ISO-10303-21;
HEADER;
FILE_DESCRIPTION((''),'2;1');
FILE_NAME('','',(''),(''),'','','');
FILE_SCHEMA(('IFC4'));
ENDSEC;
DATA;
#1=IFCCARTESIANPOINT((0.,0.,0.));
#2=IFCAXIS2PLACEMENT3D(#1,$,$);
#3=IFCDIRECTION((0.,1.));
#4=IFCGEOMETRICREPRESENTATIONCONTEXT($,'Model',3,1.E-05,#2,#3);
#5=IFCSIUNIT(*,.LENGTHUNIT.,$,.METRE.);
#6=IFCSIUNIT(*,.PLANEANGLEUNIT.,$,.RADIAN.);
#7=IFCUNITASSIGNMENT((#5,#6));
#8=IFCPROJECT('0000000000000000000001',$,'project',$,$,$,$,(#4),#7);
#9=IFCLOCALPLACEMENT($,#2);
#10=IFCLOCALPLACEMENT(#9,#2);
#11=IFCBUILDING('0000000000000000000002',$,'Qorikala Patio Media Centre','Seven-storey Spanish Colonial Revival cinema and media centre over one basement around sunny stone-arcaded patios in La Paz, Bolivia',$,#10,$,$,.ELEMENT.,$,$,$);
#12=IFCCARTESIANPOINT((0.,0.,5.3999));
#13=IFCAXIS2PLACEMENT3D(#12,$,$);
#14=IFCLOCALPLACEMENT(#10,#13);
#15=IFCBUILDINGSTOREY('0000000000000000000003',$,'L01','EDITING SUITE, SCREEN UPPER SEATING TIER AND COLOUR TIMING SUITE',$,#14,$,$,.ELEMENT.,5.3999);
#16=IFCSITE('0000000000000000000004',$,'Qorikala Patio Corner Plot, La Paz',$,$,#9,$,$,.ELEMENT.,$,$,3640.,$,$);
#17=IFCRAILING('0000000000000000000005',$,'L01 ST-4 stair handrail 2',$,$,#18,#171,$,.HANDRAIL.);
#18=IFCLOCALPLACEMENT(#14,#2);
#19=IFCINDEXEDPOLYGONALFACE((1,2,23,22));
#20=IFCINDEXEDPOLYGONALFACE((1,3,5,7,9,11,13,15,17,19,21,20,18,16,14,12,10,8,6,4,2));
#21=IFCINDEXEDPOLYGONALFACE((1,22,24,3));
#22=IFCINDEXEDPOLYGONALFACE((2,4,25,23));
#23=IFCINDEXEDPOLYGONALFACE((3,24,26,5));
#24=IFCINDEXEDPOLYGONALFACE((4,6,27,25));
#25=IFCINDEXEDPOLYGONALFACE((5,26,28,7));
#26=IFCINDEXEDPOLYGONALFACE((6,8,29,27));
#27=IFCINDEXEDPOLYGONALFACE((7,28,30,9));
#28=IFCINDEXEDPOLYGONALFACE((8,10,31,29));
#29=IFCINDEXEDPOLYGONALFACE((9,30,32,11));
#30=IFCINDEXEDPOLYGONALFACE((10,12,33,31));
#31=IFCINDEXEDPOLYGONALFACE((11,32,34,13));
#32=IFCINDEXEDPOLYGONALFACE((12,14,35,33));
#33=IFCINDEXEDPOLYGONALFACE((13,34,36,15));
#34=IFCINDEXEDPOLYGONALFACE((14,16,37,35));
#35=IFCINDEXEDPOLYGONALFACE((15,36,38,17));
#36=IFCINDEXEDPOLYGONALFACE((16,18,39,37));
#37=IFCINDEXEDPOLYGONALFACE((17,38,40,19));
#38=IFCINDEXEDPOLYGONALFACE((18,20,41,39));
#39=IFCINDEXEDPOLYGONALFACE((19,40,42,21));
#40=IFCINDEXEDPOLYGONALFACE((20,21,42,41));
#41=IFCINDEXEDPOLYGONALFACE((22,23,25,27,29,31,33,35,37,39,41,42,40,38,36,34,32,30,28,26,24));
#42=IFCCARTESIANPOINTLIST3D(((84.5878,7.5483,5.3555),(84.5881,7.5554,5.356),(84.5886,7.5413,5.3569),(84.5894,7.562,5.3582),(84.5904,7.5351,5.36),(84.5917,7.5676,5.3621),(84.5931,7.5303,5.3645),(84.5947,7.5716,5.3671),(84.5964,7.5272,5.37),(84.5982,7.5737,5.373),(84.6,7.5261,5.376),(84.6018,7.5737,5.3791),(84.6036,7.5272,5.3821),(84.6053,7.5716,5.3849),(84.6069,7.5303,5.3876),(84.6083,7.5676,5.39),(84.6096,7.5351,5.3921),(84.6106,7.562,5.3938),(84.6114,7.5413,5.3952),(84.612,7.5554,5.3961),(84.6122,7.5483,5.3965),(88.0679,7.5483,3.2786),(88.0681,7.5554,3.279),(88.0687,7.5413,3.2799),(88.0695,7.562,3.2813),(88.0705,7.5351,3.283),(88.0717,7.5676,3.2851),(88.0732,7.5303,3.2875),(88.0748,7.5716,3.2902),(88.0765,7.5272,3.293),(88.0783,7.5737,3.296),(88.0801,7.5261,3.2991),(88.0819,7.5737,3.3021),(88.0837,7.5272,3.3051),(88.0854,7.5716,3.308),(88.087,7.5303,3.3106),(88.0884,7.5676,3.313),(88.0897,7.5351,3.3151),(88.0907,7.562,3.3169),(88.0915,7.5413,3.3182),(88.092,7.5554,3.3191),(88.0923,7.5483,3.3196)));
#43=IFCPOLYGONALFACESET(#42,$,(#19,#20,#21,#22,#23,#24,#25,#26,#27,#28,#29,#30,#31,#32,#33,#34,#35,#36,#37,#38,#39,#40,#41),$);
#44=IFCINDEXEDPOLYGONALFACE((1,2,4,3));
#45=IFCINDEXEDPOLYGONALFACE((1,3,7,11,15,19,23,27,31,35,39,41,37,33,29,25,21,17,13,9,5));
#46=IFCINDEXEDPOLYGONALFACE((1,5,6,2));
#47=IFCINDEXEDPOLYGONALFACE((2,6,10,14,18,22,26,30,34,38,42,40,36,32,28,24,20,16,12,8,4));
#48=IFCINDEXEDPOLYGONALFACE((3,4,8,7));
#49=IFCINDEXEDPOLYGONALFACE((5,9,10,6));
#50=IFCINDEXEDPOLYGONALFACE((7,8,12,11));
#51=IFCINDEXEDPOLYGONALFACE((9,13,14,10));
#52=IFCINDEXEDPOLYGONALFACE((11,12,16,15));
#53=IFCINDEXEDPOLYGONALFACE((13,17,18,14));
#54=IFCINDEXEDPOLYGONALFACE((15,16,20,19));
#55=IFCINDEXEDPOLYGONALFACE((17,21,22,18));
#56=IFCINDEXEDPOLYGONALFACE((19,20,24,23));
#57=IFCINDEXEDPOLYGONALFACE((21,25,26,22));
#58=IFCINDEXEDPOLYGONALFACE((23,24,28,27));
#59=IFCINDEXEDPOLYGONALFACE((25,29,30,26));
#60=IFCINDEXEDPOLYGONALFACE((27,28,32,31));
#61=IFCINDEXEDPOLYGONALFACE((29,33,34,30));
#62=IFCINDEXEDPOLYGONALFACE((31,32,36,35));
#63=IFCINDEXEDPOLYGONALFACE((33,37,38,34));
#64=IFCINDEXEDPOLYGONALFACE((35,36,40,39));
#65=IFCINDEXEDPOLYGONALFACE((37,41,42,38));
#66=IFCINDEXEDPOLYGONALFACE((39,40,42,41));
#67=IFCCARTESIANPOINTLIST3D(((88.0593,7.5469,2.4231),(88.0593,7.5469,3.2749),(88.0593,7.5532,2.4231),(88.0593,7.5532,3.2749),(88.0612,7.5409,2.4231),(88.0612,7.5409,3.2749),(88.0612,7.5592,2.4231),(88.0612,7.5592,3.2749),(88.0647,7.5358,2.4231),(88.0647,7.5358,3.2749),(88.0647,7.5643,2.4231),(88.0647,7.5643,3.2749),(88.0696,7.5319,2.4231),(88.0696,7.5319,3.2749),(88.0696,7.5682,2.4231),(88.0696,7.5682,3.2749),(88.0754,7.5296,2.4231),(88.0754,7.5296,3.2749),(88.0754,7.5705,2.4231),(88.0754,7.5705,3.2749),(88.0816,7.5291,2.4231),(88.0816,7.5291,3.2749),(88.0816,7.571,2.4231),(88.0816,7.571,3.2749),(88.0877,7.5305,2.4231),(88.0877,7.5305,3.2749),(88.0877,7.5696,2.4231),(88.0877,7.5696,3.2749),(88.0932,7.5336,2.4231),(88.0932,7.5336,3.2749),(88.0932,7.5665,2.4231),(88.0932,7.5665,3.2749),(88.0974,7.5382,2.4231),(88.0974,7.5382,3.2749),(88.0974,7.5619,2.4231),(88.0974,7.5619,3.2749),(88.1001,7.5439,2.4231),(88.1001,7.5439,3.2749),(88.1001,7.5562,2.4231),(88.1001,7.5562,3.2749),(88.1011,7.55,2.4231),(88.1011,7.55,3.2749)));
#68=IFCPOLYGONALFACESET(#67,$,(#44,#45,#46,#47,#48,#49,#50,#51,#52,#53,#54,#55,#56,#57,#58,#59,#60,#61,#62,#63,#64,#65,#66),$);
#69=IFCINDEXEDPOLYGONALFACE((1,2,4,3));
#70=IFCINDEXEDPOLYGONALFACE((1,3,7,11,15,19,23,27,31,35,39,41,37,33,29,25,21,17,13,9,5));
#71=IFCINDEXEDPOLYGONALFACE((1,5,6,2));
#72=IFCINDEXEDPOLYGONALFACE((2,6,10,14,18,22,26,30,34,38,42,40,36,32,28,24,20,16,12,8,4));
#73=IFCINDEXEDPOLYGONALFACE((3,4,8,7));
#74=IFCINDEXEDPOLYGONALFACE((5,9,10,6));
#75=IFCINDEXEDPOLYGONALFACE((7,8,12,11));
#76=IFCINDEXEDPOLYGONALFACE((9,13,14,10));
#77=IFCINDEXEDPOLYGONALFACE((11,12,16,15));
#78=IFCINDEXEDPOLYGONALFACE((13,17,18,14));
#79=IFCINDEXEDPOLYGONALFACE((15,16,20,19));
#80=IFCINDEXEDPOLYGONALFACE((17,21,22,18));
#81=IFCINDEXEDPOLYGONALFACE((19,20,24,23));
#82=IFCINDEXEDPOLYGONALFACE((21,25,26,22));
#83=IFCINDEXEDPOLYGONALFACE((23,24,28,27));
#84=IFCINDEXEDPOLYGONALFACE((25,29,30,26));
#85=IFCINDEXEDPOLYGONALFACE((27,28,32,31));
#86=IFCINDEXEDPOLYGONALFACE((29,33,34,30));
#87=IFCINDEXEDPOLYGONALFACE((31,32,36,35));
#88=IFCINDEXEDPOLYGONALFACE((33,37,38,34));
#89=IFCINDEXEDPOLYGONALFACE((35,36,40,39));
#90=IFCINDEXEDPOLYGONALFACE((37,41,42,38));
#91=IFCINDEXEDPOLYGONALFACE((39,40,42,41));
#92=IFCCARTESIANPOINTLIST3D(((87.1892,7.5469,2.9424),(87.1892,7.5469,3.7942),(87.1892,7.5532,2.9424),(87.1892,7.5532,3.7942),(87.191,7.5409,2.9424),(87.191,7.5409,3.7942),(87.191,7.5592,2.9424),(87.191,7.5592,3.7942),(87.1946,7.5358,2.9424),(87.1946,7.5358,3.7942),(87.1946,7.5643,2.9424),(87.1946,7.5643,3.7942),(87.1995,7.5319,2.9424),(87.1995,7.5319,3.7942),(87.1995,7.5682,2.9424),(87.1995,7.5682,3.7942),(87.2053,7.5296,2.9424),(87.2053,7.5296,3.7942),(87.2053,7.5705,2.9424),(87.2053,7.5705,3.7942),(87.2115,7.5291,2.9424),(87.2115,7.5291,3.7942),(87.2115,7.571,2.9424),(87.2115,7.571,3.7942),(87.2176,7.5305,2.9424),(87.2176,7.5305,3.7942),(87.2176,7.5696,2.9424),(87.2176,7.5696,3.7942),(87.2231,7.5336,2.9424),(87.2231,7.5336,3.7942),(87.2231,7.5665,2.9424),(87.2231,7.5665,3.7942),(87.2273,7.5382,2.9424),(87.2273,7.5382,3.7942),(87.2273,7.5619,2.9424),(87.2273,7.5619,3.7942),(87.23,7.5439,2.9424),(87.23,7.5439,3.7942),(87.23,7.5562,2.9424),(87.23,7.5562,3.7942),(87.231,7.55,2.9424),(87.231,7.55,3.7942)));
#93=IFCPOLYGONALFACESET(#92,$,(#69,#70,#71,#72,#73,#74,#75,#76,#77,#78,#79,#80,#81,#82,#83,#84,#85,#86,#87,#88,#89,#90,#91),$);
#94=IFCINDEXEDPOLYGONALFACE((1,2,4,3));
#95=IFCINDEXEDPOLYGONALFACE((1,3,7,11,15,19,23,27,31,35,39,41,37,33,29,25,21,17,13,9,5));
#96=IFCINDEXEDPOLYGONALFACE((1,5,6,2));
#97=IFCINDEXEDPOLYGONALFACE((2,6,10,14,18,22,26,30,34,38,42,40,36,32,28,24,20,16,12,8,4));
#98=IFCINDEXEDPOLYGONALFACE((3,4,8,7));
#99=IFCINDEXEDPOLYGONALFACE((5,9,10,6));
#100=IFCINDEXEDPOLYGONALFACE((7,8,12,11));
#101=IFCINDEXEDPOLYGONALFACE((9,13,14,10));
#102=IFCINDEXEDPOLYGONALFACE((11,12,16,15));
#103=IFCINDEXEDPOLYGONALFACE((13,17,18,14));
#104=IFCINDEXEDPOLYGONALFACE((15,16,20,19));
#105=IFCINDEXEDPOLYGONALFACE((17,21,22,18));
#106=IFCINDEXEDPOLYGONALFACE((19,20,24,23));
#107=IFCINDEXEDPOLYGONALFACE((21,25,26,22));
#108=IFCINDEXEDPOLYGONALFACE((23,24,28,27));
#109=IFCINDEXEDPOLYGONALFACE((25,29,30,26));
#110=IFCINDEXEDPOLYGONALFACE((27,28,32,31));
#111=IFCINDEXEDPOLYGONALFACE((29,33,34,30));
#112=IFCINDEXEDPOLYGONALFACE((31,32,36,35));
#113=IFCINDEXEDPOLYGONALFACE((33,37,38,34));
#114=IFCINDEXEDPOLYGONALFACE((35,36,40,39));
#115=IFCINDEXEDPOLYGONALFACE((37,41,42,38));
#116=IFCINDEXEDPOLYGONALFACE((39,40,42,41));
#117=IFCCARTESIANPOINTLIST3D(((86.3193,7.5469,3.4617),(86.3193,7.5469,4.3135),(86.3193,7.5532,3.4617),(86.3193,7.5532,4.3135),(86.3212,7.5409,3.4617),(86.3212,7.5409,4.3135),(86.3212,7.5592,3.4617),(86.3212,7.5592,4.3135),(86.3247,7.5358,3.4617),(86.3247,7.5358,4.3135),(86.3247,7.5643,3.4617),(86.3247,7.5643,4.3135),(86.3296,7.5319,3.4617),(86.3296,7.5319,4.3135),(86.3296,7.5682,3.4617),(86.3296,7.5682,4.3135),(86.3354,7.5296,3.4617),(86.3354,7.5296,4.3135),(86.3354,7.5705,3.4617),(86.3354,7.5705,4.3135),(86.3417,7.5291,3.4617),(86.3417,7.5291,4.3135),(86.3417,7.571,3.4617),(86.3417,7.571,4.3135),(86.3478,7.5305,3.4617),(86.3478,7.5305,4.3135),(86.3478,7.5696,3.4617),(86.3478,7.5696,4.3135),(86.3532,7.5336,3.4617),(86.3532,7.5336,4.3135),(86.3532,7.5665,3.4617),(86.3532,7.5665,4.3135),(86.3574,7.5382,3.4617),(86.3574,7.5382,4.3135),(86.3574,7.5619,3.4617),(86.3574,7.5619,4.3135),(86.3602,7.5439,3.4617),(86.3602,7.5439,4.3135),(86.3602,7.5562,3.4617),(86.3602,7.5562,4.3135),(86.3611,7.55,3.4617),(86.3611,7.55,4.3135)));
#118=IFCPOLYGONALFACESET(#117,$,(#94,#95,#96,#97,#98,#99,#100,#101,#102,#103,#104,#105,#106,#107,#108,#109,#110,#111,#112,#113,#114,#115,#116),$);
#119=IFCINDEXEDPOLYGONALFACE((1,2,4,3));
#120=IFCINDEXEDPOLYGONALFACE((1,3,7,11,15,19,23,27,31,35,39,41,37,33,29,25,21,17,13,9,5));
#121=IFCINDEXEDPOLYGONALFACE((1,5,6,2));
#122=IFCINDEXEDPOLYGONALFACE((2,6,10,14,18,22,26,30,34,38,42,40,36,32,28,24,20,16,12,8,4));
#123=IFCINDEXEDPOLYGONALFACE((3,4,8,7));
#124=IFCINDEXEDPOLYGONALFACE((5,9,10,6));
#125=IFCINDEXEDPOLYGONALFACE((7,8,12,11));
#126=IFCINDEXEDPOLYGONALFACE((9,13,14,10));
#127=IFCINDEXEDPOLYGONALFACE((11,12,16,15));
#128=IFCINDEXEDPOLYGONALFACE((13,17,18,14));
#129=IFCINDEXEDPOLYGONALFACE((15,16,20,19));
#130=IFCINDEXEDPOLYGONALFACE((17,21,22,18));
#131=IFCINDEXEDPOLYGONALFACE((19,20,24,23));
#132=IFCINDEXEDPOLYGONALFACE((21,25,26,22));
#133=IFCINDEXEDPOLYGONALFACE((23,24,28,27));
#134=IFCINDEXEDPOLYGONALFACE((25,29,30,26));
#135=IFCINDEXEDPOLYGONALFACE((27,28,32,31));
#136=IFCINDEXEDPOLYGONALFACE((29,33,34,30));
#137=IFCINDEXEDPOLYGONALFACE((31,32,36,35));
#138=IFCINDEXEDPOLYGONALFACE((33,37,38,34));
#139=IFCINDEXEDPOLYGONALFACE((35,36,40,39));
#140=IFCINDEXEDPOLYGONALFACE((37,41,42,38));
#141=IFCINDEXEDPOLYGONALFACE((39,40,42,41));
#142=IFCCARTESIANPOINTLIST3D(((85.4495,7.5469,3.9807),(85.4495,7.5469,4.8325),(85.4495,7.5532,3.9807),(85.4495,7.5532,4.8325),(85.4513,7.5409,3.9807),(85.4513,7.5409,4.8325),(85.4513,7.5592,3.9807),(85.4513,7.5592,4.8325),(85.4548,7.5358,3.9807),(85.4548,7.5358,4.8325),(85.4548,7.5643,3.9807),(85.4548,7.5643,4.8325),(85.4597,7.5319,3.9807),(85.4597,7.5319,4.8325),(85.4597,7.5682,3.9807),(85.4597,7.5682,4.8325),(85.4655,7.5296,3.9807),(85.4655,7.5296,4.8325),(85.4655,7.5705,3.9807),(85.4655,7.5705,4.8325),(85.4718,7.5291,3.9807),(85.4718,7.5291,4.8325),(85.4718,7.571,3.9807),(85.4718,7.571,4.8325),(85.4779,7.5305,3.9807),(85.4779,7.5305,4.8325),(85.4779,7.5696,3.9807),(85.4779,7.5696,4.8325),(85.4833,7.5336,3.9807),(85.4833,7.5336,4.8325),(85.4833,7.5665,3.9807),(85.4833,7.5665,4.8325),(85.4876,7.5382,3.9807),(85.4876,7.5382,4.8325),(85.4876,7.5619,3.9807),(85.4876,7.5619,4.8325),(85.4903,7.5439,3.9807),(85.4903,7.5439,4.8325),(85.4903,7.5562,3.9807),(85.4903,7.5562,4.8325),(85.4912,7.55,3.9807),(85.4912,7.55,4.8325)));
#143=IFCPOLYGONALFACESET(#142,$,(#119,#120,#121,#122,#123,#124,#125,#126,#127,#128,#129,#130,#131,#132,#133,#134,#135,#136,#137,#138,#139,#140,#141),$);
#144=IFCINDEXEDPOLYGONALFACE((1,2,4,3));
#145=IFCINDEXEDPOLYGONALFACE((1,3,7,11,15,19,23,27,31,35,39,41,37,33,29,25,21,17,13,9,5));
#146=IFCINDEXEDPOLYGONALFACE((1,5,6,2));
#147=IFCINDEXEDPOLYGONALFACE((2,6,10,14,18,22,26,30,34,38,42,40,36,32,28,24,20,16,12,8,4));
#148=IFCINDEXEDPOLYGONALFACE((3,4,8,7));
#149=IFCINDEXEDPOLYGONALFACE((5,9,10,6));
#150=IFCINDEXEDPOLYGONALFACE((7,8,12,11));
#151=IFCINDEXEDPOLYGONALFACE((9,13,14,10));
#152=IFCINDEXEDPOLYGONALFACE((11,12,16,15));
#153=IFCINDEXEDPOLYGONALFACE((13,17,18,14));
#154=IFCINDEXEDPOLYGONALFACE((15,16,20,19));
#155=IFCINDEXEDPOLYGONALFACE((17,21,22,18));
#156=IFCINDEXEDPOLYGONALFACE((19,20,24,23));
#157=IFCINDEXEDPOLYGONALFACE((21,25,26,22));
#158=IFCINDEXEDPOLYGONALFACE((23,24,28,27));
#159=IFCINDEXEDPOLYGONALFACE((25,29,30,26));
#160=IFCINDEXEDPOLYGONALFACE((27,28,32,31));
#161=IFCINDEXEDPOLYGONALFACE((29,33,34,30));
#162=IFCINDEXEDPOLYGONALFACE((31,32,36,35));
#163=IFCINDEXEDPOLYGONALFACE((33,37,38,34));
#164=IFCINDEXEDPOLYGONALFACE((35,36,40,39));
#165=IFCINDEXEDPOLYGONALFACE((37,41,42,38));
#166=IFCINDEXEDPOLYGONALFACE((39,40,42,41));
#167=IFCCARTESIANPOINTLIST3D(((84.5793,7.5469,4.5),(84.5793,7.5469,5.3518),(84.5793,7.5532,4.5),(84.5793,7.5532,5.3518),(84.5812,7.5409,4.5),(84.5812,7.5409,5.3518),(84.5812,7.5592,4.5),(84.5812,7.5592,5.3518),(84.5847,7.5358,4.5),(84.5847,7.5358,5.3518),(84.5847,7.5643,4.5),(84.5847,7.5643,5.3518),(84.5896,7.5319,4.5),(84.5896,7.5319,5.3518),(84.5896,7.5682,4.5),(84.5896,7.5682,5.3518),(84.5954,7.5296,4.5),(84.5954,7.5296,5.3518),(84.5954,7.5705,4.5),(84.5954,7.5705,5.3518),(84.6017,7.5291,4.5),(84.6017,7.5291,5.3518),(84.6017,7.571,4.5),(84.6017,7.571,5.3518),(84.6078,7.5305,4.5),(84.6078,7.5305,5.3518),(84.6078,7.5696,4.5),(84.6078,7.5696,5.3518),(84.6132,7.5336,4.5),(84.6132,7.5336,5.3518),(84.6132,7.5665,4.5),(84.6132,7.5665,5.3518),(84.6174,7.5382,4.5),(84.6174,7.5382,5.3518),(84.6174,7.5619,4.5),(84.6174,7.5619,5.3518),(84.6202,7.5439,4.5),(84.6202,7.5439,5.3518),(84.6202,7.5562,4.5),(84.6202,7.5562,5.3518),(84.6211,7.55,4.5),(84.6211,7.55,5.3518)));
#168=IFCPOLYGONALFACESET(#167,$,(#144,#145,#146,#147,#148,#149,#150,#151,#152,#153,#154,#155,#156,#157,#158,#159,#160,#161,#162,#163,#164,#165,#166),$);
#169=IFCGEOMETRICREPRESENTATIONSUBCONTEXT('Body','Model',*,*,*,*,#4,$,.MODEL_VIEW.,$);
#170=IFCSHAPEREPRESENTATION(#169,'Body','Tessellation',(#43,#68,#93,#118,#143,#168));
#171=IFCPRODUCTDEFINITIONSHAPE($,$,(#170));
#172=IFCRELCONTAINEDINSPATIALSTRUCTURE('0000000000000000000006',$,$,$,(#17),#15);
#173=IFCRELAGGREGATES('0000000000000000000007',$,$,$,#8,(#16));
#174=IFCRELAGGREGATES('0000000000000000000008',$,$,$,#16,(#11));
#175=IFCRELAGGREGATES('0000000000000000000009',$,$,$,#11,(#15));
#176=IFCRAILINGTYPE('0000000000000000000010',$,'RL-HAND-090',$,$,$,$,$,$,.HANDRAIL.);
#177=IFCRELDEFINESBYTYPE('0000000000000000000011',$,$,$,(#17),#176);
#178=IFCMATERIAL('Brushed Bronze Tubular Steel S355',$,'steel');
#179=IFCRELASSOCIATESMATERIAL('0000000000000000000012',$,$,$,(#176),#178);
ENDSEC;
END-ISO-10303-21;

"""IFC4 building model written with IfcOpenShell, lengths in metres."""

from ifc_helpers import new_model, si_unit, direction, frame, origin, origin_2d, place, context, subcontext, project, spatial, circle, extrude, material, type_object, element, save


model = new_model("IFC4")

# Units and contexts
model_context = context("Model", 3, precision=1e-05, world=origin(), true_north=direction((0.0, 1.0)))
body_context = subcontext(model_context, "Body", "Model", "MODEL_VIEW")
ifc_project = project(units=[si_unit("LENGTHUNIT", "METRE"), si_unit("PLANEANGLEUNIT", "RADIAN")], contexts=[model_context])

# Site, building, storey
site_placement = place(None, origin())
site = spatial("IfcSite", under=ifc_project, at=site_placement, Name="Qorikala Patio Corner Plot, La Paz", CompositionType="ELEMENT", RefElevation=3640.0)
building_placement = place(site_placement, origin())
building = spatial("IfcBuilding", under=site, at=building_placement, Name="Qorikala Patio Media Centre", Description="Seven-storey Spanish Colonial Revival cinema and media centre over one basement around sunny stone-arcaded patios in La Paz, Bolivia", CompositionType="ELEMENT")
storey_placement = place(building_placement, frame((0.0, 0.0, 5.3999)))
storey = spatial("IfcBuildingStorey", under=building, at=storey_placement, Name="L01", Description="EDITING SUITE, SCREEN UPPER SEATING TIER AND COLOUR TIMING SUITE", CompositionType="ELEMENT", Elevation=5.3999)

# Railing
ifc_material_1 = material(Name="Brushed Bronze Tubular Steel S355", Category="steel")
railing_type_1 = type_object("IfcRailingType", Name="RL-HAND-090", PredefinedType="HANDRAIL", material=ifc_material_1)
railing_1_placement = place(storey_placement, frame((88.0801, 7.55, 2.4231)))
element("IfcRailing", 1, at=railing_1_placement, inside=storey, type_object=railing_type_1, Name="L01 ST-4 stair handrail 2", PredefinedType="HANDRAIL", context=body_context, shape_type="SweptSolid", body=[
    extrude(circle(Radius=0.0239, at=origin_2d()), frame((0.0, 0.0, 0.876), z_axis=(-0.858697, 0.0, 0.512483), x_axis=(0.0, -1.0, 0.0)), (0.0, 0.0, 1.0), 4.0527),
    extrude(circle(Radius=0.021, at=origin_2d()), origin(), (0.0, 0.0, 1.0), 0.8518),
    extrude(circle(Radius=0.021, at=origin_2d()), frame((-0.8701, 0.0, 0.5193)), (0.0, 0.0, 1.0), 0.8518),
    extrude(circle(Radius=0.021, at=origin_2d()), frame((-1.74, 0.0, 1.0386)), (0.0, 0.0, 1.0), 0.8518),
    extrude(circle(Radius=0.021, at=origin_2d()), frame((-2.6099, 0.0, 1.5576)), (0.0, 0.0, 1.0), 0.8518),
    extrude(circle(Radius=0.021, at=origin_2d()), frame((-3.48, 0.0, 2.0769)), (0.0, 0.0, 1.0), 0.8518),
])

save(model, "model.ifc")
